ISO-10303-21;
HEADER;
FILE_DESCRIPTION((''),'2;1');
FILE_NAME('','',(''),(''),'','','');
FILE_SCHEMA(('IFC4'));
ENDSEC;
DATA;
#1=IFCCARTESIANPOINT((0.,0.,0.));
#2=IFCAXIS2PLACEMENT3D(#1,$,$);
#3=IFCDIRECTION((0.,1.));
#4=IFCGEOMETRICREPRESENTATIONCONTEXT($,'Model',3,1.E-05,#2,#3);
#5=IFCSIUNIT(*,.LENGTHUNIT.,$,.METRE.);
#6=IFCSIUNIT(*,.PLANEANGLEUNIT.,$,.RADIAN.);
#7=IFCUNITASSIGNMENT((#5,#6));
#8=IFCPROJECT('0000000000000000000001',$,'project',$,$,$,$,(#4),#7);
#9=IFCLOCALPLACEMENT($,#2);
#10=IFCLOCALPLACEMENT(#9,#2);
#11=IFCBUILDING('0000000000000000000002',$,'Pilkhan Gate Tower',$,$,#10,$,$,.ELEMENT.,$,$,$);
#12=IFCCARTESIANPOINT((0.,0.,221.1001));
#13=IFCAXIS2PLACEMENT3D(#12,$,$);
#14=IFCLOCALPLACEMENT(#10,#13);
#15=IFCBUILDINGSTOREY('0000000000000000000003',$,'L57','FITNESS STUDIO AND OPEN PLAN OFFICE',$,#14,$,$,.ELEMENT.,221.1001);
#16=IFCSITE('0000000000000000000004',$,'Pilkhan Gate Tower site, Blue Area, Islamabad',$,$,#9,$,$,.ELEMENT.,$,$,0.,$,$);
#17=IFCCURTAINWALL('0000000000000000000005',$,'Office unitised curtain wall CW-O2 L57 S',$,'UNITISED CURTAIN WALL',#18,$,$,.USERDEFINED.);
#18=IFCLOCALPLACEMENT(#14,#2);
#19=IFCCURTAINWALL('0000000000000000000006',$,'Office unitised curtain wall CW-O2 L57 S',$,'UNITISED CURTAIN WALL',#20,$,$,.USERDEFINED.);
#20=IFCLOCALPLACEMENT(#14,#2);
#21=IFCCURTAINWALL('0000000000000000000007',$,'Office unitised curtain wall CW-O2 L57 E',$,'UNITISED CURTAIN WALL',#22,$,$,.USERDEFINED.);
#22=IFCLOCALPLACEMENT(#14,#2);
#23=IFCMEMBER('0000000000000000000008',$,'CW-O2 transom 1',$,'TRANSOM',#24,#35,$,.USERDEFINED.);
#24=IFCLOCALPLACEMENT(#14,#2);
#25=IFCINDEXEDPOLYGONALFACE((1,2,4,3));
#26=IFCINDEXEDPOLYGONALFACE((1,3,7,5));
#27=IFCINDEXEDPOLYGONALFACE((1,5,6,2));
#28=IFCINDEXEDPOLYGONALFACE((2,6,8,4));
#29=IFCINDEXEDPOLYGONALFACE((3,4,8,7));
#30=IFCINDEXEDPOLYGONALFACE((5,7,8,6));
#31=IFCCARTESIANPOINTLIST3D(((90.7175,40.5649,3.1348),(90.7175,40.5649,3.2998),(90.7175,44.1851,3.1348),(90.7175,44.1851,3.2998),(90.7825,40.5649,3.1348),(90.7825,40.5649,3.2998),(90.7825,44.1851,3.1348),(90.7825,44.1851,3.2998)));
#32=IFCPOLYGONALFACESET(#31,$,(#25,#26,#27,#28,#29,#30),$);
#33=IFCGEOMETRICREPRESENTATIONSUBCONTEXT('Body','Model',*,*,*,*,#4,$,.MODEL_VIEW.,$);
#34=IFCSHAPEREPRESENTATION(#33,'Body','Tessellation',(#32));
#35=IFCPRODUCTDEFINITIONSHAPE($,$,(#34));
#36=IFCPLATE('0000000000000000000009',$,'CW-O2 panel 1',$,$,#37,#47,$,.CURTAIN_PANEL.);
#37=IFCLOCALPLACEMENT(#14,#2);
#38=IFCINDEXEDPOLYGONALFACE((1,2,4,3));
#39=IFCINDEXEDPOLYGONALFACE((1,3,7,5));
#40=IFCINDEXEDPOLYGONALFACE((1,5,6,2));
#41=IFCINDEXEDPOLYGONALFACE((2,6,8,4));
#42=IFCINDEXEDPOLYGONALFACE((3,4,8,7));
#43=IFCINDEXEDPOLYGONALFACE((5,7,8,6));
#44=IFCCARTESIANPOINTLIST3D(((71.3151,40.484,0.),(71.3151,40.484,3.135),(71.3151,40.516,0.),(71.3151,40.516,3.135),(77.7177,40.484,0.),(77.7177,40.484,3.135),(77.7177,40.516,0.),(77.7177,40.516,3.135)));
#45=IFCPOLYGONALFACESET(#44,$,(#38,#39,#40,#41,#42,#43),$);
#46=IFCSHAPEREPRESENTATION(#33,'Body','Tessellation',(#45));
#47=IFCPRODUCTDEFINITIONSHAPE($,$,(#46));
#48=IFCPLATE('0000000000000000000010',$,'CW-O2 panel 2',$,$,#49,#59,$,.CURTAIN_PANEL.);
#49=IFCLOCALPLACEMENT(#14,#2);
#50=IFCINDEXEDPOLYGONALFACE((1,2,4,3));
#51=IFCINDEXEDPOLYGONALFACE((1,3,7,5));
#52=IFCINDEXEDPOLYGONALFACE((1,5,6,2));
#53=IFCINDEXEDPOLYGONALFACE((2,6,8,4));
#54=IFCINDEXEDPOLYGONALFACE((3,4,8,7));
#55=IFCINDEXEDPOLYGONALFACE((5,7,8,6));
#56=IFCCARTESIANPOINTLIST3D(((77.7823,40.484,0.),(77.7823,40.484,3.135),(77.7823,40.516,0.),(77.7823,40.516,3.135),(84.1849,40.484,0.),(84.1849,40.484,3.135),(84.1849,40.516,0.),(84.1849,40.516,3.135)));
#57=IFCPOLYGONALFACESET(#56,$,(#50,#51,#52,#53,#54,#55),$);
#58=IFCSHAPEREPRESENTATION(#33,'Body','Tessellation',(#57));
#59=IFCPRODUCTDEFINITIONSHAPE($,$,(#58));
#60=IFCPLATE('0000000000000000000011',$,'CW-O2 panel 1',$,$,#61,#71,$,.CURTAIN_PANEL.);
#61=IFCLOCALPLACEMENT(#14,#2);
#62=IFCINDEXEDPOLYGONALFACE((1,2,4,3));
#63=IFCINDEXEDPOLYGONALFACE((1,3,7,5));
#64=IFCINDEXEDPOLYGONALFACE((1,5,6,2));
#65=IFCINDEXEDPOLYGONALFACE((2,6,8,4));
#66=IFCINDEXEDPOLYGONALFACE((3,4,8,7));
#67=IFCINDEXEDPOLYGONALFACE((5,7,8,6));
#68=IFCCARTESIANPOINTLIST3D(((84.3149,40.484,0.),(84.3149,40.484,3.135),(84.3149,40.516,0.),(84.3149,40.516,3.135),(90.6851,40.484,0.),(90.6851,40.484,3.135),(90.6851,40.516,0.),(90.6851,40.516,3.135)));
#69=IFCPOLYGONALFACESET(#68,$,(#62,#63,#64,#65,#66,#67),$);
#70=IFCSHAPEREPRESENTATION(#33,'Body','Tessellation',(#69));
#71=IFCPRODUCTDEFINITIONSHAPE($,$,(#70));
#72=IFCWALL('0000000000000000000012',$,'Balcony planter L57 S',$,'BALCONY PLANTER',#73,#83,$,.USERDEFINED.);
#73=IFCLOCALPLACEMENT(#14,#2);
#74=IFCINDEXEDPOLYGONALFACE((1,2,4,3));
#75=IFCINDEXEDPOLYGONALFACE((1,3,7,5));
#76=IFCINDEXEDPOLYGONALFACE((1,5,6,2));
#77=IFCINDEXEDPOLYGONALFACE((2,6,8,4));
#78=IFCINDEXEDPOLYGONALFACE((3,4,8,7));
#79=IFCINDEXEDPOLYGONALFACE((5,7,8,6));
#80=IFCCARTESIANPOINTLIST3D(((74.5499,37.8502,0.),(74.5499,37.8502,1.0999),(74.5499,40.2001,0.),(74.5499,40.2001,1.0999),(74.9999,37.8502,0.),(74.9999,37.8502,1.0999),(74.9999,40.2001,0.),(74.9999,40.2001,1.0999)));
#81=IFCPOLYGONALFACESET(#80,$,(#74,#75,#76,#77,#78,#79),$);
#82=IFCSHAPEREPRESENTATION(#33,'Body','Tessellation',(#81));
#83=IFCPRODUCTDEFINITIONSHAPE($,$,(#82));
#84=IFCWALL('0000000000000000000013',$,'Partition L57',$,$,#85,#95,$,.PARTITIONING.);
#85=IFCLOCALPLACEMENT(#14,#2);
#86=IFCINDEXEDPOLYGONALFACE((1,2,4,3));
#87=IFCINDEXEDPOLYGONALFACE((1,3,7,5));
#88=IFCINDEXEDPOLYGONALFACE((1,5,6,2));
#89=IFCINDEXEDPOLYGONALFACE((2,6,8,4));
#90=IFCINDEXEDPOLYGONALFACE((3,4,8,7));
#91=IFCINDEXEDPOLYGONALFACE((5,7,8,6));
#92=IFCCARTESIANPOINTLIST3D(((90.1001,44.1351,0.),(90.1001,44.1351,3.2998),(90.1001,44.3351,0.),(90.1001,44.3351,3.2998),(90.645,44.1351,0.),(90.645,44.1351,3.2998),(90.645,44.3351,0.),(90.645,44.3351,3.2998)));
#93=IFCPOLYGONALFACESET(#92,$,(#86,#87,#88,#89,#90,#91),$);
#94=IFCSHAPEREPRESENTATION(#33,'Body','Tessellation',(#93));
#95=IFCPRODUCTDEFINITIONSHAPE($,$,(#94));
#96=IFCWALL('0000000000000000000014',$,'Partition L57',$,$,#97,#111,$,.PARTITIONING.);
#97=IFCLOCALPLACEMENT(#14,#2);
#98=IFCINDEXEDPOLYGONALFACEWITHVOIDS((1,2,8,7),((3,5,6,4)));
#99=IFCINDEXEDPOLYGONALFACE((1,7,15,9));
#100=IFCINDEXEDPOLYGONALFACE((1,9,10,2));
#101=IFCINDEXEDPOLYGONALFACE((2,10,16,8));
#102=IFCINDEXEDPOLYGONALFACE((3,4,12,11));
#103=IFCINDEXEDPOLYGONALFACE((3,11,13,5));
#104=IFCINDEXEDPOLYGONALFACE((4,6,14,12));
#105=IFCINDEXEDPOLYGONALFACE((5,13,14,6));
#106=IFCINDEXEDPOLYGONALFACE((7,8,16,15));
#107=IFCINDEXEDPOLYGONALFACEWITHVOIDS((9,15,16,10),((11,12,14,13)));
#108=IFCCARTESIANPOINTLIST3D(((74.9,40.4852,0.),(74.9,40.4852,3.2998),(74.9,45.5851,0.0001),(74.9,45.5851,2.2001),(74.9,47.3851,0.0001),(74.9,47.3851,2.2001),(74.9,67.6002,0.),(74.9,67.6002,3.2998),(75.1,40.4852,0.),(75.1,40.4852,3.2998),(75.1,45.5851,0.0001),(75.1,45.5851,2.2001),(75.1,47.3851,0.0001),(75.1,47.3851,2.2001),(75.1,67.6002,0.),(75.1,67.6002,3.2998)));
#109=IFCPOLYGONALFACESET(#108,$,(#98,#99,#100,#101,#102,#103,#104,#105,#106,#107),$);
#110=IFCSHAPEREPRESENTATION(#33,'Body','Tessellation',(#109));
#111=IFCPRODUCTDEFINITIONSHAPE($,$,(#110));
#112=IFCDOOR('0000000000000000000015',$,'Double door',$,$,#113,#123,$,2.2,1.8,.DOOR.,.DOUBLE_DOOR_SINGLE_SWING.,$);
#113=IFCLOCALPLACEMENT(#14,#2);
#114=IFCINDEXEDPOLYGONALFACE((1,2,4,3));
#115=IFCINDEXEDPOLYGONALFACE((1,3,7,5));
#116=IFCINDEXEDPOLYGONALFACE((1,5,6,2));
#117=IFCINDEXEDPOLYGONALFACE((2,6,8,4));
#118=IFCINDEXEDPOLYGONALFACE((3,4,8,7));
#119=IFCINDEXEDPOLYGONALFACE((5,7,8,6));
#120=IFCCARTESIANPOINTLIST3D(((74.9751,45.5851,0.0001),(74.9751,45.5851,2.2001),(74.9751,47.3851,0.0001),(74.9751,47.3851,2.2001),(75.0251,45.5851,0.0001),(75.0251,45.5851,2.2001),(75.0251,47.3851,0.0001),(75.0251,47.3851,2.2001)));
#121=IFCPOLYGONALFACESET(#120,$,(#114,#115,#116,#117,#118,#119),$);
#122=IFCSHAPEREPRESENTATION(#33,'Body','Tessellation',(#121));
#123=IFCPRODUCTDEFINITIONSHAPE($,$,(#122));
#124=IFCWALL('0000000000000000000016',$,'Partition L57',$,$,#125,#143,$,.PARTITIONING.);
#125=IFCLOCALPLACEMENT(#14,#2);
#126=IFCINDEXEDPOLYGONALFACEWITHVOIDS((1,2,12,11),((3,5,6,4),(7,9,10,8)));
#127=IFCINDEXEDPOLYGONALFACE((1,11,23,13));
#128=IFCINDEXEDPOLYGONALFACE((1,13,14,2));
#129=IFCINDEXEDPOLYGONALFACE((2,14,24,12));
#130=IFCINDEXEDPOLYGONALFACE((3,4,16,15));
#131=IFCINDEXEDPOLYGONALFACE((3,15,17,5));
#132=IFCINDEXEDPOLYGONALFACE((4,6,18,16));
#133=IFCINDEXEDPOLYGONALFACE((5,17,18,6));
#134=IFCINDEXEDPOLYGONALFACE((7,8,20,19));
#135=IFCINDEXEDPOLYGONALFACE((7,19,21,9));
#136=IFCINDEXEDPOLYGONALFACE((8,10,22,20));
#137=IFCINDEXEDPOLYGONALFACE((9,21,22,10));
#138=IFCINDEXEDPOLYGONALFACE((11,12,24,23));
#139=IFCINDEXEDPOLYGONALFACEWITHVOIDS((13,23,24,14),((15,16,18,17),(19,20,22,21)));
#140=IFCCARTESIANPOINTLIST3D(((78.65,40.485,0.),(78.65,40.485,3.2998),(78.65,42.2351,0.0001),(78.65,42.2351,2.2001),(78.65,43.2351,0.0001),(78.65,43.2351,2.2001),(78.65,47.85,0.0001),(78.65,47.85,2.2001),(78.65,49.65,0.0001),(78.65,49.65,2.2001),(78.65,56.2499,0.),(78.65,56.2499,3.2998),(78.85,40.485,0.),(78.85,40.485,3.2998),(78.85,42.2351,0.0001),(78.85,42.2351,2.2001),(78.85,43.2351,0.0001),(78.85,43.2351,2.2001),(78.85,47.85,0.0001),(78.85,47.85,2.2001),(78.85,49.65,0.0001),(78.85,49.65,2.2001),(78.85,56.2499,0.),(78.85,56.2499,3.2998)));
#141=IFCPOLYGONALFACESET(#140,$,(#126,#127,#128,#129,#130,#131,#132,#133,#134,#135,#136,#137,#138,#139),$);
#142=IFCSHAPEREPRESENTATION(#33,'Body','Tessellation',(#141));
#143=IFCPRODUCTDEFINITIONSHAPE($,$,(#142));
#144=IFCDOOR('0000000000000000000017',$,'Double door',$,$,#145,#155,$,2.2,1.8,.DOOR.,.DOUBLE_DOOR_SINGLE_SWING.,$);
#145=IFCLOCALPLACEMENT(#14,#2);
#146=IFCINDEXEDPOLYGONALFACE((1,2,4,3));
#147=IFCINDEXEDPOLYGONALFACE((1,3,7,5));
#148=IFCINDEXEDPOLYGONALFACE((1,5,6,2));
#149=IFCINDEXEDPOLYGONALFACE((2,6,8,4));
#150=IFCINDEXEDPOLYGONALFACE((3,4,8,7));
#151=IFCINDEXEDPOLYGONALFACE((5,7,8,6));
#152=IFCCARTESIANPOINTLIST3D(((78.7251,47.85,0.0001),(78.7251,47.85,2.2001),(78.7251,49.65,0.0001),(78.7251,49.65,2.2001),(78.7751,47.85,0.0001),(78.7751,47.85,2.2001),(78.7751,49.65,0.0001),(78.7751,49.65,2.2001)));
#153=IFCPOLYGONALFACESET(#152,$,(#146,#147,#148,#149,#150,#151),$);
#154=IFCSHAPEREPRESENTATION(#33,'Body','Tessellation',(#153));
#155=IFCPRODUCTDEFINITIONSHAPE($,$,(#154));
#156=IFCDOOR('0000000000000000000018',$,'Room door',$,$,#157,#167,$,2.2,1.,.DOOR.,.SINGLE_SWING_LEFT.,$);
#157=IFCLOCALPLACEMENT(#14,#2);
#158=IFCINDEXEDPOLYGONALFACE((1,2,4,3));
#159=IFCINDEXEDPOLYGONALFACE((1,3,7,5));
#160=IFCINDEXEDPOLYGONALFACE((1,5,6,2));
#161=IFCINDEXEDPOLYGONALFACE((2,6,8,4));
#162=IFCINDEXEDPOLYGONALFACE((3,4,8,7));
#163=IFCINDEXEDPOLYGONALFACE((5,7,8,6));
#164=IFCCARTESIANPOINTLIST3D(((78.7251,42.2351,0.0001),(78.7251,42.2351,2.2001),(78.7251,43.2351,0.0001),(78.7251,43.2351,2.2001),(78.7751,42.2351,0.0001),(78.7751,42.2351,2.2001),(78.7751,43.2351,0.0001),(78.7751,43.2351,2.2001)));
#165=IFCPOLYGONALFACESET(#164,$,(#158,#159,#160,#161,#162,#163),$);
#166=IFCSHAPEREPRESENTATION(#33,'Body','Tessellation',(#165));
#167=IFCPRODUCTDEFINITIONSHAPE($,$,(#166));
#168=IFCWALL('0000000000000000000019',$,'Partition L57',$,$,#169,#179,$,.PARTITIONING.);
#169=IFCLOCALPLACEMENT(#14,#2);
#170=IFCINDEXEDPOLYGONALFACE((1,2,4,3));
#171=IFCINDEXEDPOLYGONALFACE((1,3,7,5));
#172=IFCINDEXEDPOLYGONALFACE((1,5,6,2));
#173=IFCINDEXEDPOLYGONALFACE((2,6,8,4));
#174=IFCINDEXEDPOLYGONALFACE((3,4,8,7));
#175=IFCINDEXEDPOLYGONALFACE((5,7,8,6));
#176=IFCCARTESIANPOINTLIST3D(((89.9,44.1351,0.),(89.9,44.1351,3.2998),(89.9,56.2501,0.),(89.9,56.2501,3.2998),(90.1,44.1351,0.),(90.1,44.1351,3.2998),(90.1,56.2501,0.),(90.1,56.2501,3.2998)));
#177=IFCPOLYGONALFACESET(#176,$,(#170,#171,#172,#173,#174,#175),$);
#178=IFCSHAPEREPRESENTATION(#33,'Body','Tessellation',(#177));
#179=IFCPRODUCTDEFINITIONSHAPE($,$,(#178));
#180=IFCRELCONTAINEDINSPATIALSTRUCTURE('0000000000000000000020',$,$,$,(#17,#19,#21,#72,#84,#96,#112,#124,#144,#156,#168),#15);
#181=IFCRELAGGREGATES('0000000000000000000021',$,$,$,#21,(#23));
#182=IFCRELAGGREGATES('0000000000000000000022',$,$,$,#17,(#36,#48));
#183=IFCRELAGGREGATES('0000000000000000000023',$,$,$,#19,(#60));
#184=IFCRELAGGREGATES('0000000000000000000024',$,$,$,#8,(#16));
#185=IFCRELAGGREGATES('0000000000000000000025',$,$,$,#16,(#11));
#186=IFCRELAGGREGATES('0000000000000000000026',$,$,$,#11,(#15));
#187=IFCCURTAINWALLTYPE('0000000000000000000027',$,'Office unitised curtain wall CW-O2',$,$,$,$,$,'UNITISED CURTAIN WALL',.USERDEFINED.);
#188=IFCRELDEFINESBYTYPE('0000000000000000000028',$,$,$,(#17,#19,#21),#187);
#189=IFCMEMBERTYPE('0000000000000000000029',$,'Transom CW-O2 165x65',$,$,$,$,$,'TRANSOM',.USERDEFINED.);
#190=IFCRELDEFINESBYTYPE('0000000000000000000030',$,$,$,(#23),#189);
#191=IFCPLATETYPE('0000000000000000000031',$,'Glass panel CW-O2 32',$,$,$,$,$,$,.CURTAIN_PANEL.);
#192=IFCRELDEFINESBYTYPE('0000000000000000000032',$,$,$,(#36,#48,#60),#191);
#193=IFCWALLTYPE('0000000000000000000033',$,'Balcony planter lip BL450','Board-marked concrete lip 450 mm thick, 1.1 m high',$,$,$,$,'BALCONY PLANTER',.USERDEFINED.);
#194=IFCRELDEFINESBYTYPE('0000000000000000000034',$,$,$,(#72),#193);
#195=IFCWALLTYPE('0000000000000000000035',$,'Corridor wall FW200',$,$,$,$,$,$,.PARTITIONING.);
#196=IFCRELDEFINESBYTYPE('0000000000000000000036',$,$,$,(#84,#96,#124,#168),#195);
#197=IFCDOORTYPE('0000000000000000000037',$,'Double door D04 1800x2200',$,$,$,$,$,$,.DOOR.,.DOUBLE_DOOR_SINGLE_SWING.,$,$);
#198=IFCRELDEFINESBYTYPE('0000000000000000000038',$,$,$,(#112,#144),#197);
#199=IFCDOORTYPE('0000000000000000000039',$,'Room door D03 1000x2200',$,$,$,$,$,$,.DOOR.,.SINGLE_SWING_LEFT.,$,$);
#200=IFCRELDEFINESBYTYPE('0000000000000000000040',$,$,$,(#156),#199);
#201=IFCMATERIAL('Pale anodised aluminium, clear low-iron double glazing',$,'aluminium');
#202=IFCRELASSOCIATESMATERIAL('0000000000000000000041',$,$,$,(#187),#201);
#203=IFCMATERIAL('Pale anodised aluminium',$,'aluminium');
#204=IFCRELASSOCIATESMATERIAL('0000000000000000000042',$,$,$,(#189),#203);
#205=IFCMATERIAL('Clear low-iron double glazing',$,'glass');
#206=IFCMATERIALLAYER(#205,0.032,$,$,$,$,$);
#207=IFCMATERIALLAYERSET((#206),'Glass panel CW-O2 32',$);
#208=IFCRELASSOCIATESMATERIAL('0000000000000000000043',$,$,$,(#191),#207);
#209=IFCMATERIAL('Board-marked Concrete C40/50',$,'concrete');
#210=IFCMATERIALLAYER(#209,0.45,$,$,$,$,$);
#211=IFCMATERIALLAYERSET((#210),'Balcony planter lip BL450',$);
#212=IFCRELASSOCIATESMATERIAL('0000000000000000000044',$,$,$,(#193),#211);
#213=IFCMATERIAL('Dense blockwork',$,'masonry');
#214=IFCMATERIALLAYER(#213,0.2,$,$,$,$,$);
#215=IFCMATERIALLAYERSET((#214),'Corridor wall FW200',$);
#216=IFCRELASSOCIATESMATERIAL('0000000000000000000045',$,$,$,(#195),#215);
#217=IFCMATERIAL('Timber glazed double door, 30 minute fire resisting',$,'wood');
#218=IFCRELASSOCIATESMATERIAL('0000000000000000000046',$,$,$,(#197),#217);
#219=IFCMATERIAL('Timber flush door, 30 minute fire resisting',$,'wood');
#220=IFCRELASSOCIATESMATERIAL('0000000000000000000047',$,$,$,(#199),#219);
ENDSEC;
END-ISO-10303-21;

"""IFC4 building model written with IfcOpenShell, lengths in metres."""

from ifc_helpers import new_model, si_unit, direction, frame, frame_2d, origin, origin_2d, place, context, subcontext, project, spatial, rectangle, extrude, material, layer, layer_set, material_profile, profile_set, type_object, element, fill, aggregate, save


model = new_model("IFC4")

# Units and contexts
model_context = context("Model", 3, precision=1e-05, world=origin(), true_north=direction((0.0, 1.0)))
body_context = subcontext(model_context, "Body", "Model", "MODEL_VIEW")
ifc_project = project(units=[si_unit("LENGTHUNIT", "METRE"), si_unit("PLANEANGLEUNIT", "RADIAN")], contexts=[model_context])

# Site, building, storey
site_placement = place(None, origin())
site = spatial("IfcSite", under=ifc_project, at=site_placement, Name="Pilkhan Gate Tower site, Blue Area, Islamabad", CompositionType="ELEMENT", RefElevation=0.0)
building_placement = place(site_placement, origin())
building = spatial("IfcBuilding", under=site, at=building_placement, Name="Pilkhan Gate Tower", CompositionType="ELEMENT")
storey_placement = place(building_placement, frame((0.0, 0.0, 221.1001)))
storey = spatial("IfcBuildingStorey", under=building, at=storey_placement, Name="L57", Description="FITNESS STUDIO AND OPEN PLAN OFFICE", CompositionType="ELEMENT", Elevation=221.1001)

# Curtain walls
ifc_material_1 = material(Name="Pale anodised aluminium, clear low-iron double glazing", Category="aluminium")
curtain_wall_type = type_object("IfcCurtainWallType", Name="Office unitised curtain wall CW-O2", ElementType="UNITISED CURTAIN WALL", PredefinedType="USERDEFINED", material=ifc_material_1)
curtain_wall_1_placement = place(storey_placement, origin())
curtain_wall_1 = element("IfcCurtainWall", 1, at=curtain_wall_1_placement, inside=storey, type_object=curtain_wall_type, Name="Office unitised curtain wall CW-O2 L57 S", ObjectType="UNITISED CURTAIN WALL", PredefinedType="USERDEFINED")
ifc_material_2 = material(Name="Pale anodised aluminium", Category="aluminium")
curtain_wall_2_placement = place(storey_placement, origin())
curtain_wall_2 = element("IfcCurtainWall", 2, at=curtain_wall_2_placement, inside=storey, type_object=curtain_wall_type, Name="Office unitised curtain wall CW-O2 L57 S", ObjectType="UNITISED CURTAIN WALL", PredefinedType="USERDEFINED")

# Curtain wall
curtain_wall_3_placement = place(storey_placement, origin())
curtain_wall_3 = element("IfcCurtainWall", 3, at=curtain_wall_3_placement, inside=storey, type_object=curtain_wall_type, Name="Office unitised curtain wall CW-O2 L57 E", ObjectType="UNITISED CURTAIN WALL", PredefinedType="USERDEFINED")

# Member
ifc_material_profile_1 = material_profile(ifc_material_2, rectangle(XDim=0.0649, YDim=0.165, at=origin_2d()), Name="Transom 165x65")
ifc_profile_set_1 = profile_set([ifc_material_profile_1], Name="Pale anodised aluminium")
member_type_1 = type_object("IfcMemberType", Name="Transom CW-O2 165x65", ElementType="TRANSOM", PredefinedType="USERDEFINED", material=ifc_profile_set_1)
member_1_placement = place(storey_placement, frame((90.75, 40.5649, 3.2173), z_axis=(0.0, 1.0, 0.0), x_axis=(-1.0, 0.0, 0.0)))
member_1 = element("IfcMember", 4, at=member_1_placement, type_object=member_type_1, Name="CW-O2 transom 1", ObjectType="TRANSOM", PredefinedType="USERDEFINED", context=body_context, shape_type="SweptSolid", body=[
    extrude(rectangle(XDim=0.0649, YDim=0.165, at=origin_2d()), origin(), (0.0, 0.0, 1.0), 3.6201),
])
aggregate(curtain_wall_3, [member_1])

# Plates
ifc_material_3 = material(Name="Clear low-iron double glazing", Category="glass")
ifc_layer_1 = layer(ifc_material_3, 0.032)
ifc_layer_set_1 = layer_set([ifc_layer_1], Name="Glass panel CW-O2 32")
plate_type = type_object("IfcPlateType", Name="Glass panel CW-O2 32", PredefinedType="CURTAIN_PANEL", material=ifc_layer_set_1)
plate_1_placement = place(storey_placement, frame((74.5164, 40.5, 0.0), z_axis=(0.0, 0.0, 1.0), x_axis=(1.0, 0.0, 0.0)))
plate_1 = element("IfcPlate", 5, at=plate_1_placement, type_object=plate_type, Name="CW-O2 panel 1", PredefinedType="CURTAIN_PANEL", context=body_context, shape_type="SweptSolid", body=[
    extrude(rectangle(XDim=6.4026, YDim=0.032, at=origin_2d()), origin(), (0.0, 0.0, 1.0), 3.135),
])
plate_2_placement = place(storey_placement, frame((80.9836, 40.5, 0.0), z_axis=(0.0, 0.0, 1.0), x_axis=(1.0, 0.0, 0.0)))
plate_2 = element("IfcPlate", 6, at=plate_2_placement, type_object=plate_type, Name="CW-O2 panel 2", PredefinedType="CURTAIN_PANEL", context=body_context, shape_type="SweptSolid", body=[
    extrude(rectangle(XDim=6.4026, YDim=0.032, at=origin_2d()), origin(), (0.0, 0.0, 1.0), 3.135),
])
aggregate(curtain_wall_1, [plate_1, plate_2])
plate_3_placement = place(storey_placement, frame((87.5, 40.5, 0.0), z_axis=(0.0, 0.0, 1.0), x_axis=(1.0, 0.0, 0.0)))
plate_3 = element("IfcPlate", 7, at=plate_3_placement, type_object=plate_type, Name="CW-O2 panel 1", PredefinedType="CURTAIN_PANEL", context=body_context, shape_type="SweptSolid", body=[
    extrude(rectangle(XDim=6.3701, YDim=0.032, at=origin_2d()), origin(), (0.0, 0.0, 1.0), 3.135),
])
aggregate(curtain_wall_2, [plate_3])

# Walls
ifc_material_4 = material(Name="Board-marked Concrete C40/50", Category="concrete")
ifc_layer_2 = layer(ifc_material_4, 0.45)
ifc_layer_set_2 = layer_set([ifc_layer_2], Name="Balcony planter lip BL450")
wall_type_1 = type_object("IfcWallType", Name="Balcony planter lip BL450", Description="Board-marked concrete lip 450 mm thick, 1.1 m high", ElementType="BALCONY PLANTER", PredefinedType="USERDEFINED", material=ifc_layer_set_2)
wall_1_placement = place(storey_placement, frame((74.7749, 40.2, 0.0), z_axis=(0.0, 0.0, 1.0), x_axis=(0.0, -1.0, 0.0)))
element("IfcWall", 8, at=wall_1_placement, inside=storey, type_object=wall_type_1, Name="Balcony planter L57 S", ObjectType="BALCONY PLANTER", PredefinedType="USERDEFINED", context=body_context, shape_type="SweptSolid", body=[
    extrude(rectangle(XDim=2.3499, YDim=0.45, at=frame_2d((1.1748, 0.0))), origin(), (0.0, 0.0, 1.0), 1.0999),
])
ifc_material_5 = material(Name="Dense blockwork", Category="masonry")
ifc_layer_3 = layer(ifc_material_5, 0.2)
ifc_layer_set_3 = layer_set([ifc_layer_3], Name="Corridor wall FW200")
wall_type_2 = type_object("IfcWallType", Name="Corridor wall FW200", PredefinedType="PARTITIONING", material=ifc_layer_set_3)
wall_2_placement = place(storey_placement, frame((90.1001, 44.2351, 0.0), z_axis=(0.0, 0.0, 1.0), x_axis=(1.0, 0.0, 0.0)))
element("IfcWall", 9, at=wall_2_placement, inside=storey, type_object=wall_type_2, Name="Partition L57", PredefinedType="PARTITIONING", context=body_context, shape_type="SweptSolid", body=[
    extrude(rectangle(XDim=0.5449, YDim=0.2, at=frame_2d((0.2725, 0.0))), origin(), (0.0, 0.0, 1.0), 3.2998),
])

# Wall, opening, door
wall_3_placement = place(storey_placement, frame((75.0, 40.4851, 0.0), z_axis=(0.0, 0.0, 1.0), x_axis=(0.0, 1.0, 0.0)))
wall_3 = element("IfcWall", 10, at=wall_3_placement, inside=storey, type_object=wall_type_2, Name="Partition L57", PredefinedType="PARTITIONING", context=body_context, shape_type="SweptSolid", body=[
    extrude(rectangle(XDim=27.115, YDim=0.2, at=frame_2d((13.5576, 0.0))), origin(), (0.0, 0.0, 1.0), 3.2998),
])
opening_1_placement = place(wall_3_placement, frame((5.1001, 0.0, 0.0)))
opening_1 = element("IfcOpeningElement", 11, at=opening_1_placement, cuts=wall_3, PredefinedType="OPENING", context=body_context, shape_type="SweptSolid", body=[
    extrude(rectangle(XDim=1.8, YDim=2.2, at=frame_2d((0.8999, 1.1001))), frame((0.0, 0.1099, 0.0), z_axis=(0.0, -1.0, 0.0), x_axis=(1.0, 0.0, 0.0)), (0.0, 0.0, 1.0), 0.22),
])
ifc_material_6 = material(Name="Timber glazed double door, 30 minute fire resisting", Category="wood")
door_type_1 = type_object("IfcDoorType", Name="Double door D04 1800x2200", OperationType="DOUBLE_DOOR_SINGLE_SWING", PredefinedType="DOOR", material=ifc_material_6)
door_1_placement = place(opening_1_placement, origin())
door_1 = element("IfcDoor", 12, at=door_1_placement, inside=storey, type_object=door_type_1, Name="Double door", OperationType="DOUBLE_DOOR_SINGLE_SWING", OverallHeight=2.2, OverallWidth=1.8, PredefinedType="DOOR", context=body_context, shape_type="SweptSolid", body=[
    extrude(rectangle(XDim=1.8, YDim=2.2, at=frame_2d((0.8999, 1.1001))), frame((0.0, 0.0249, 0.0), z_axis=(0.0, -1.0, 0.0), x_axis=(1.0, 0.0, 0.0)), (0.0, 0.0, 1.0), 0.05),
])
fill(opening_1, door_1)

# Wall, openings, doors
wall_4_placement = place(storey_placement, frame((78.75, 40.4851, 0.0), z_axis=(0.0, 0.0, 1.0), x_axis=(0.0, 1.0, 0.0)))
wall_4 = element("IfcWall", 13, at=wall_4_placement, inside=storey, type_object=wall_type_2, Name="Partition L57", PredefinedType="PARTITIONING", context=body_context, shape_type="SweptSolid", body=[
    extrude(rectangle(XDim=15.7649, YDim=0.2, at=frame_2d((7.8823, 0.0))), origin(), (0.0, 0.0, 1.0), 3.2998),
])
opening_2_placement = place(wall_4_placement, frame((1.75, 0.0, 0.0)))
opening_2 = element("IfcOpeningElement", 14, at=opening_2_placement, cuts=wall_4, PredefinedType="OPENING", context=body_context, shape_type="SweptSolid", body=[
    extrude(rectangle(XDim=1.0, YDim=2.2, at=frame_2d((0.5, 1.1001))), frame((0.0, 0.1099, 0.0), z_axis=(0.0, -1.0, 0.0), x_axis=(1.0, 0.0, 0.0)), (0.0, 0.0, 1.0), 0.22),
])
opening_3_placement = place(wall_4_placement, frame((7.365, 0.0, 0.0)))
opening_3 = element("IfcOpeningElement", 15, at=opening_3_placement, cuts=wall_4, PredefinedType="OPENING", context=body_context, shape_type="SweptSolid", body=[
    extrude(rectangle(XDim=1.8, YDim=2.2, at=frame_2d((0.8999, 1.1001))), frame((0.0, 0.1099, 0.0), z_axis=(0.0, -1.0, 0.0), x_axis=(1.0, 0.0, 0.0)), (0.0, 0.0, 1.0), 0.22),
])
door_2_placement = place(opening_3_placement, origin())
door_2 = element("IfcDoor", 16, at=door_2_placement, inside=storey, type_object=door_type_1, Name="Double door", OperationType="DOUBLE_DOOR_SINGLE_SWING", OverallHeight=2.2, OverallWidth=1.8, PredefinedType="DOOR", context=body_context, shape_type="SweptSolid", body=[
    extrude(rectangle(XDim=1.8, YDim=2.2, at=frame_2d((0.8999, 1.1001))), frame((0.0, 0.0249, 0.0), z_axis=(0.0, -1.0, 0.0), x_axis=(1.0, 0.0, 0.0)), (0.0, 0.0, 1.0), 0.05),
])
fill(opening_3, door_2)
ifc_material_7 = material(Name="Timber flush door, 30 minute fire resisting", Category="wood")
door_type_2 = type_object("IfcDoorType", Name="Room door D03 1000x2200", OperationType="SINGLE_SWING_LEFT", PredefinedType="DOOR", material=ifc_material_7)
door_3_placement = place(opening_2_placement, origin())
door_3 = element("IfcDoor", 17, at=door_3_placement, inside=storey, type_object=door_type_2, Name="Room door", OperationType="SINGLE_SWING_LEFT", OverallHeight=2.2, OverallWidth=1.0, PredefinedType="DOOR", context=body_context, shape_type="SweptSolid", body=[
    extrude(rectangle(XDim=1.0, YDim=2.2, at=frame_2d((0.5, 1.1001))), frame((0.0, 0.0249, 0.0), z_axis=(0.0, -1.0, 0.0), x_axis=(1.0, 0.0, 0.0)), (0.0, 0.0, 1.0), 0.05),
])
fill(opening_2, door_3)

# Wall
wall_5_placement = place(storey_placement, frame((90.0, 44.135, 0.0), z_axis=(0.0, 0.0, 1.0), x_axis=(0.0, 1.0, 0.0)))
element("IfcWall", 18, at=wall_5_placement, inside=storey, type_object=wall_type_2, Name="Partition L57", PredefinedType="PARTITIONING", context=body_context, shape_type="SweptSolid", body=[
    extrude(rectangle(XDim=12.115, YDim=0.2, at=frame_2d((6.0576, 0.0))), origin(), (0.0, 0.0, 1.0), 3.2998),
])

save(model, "model.ifc")
